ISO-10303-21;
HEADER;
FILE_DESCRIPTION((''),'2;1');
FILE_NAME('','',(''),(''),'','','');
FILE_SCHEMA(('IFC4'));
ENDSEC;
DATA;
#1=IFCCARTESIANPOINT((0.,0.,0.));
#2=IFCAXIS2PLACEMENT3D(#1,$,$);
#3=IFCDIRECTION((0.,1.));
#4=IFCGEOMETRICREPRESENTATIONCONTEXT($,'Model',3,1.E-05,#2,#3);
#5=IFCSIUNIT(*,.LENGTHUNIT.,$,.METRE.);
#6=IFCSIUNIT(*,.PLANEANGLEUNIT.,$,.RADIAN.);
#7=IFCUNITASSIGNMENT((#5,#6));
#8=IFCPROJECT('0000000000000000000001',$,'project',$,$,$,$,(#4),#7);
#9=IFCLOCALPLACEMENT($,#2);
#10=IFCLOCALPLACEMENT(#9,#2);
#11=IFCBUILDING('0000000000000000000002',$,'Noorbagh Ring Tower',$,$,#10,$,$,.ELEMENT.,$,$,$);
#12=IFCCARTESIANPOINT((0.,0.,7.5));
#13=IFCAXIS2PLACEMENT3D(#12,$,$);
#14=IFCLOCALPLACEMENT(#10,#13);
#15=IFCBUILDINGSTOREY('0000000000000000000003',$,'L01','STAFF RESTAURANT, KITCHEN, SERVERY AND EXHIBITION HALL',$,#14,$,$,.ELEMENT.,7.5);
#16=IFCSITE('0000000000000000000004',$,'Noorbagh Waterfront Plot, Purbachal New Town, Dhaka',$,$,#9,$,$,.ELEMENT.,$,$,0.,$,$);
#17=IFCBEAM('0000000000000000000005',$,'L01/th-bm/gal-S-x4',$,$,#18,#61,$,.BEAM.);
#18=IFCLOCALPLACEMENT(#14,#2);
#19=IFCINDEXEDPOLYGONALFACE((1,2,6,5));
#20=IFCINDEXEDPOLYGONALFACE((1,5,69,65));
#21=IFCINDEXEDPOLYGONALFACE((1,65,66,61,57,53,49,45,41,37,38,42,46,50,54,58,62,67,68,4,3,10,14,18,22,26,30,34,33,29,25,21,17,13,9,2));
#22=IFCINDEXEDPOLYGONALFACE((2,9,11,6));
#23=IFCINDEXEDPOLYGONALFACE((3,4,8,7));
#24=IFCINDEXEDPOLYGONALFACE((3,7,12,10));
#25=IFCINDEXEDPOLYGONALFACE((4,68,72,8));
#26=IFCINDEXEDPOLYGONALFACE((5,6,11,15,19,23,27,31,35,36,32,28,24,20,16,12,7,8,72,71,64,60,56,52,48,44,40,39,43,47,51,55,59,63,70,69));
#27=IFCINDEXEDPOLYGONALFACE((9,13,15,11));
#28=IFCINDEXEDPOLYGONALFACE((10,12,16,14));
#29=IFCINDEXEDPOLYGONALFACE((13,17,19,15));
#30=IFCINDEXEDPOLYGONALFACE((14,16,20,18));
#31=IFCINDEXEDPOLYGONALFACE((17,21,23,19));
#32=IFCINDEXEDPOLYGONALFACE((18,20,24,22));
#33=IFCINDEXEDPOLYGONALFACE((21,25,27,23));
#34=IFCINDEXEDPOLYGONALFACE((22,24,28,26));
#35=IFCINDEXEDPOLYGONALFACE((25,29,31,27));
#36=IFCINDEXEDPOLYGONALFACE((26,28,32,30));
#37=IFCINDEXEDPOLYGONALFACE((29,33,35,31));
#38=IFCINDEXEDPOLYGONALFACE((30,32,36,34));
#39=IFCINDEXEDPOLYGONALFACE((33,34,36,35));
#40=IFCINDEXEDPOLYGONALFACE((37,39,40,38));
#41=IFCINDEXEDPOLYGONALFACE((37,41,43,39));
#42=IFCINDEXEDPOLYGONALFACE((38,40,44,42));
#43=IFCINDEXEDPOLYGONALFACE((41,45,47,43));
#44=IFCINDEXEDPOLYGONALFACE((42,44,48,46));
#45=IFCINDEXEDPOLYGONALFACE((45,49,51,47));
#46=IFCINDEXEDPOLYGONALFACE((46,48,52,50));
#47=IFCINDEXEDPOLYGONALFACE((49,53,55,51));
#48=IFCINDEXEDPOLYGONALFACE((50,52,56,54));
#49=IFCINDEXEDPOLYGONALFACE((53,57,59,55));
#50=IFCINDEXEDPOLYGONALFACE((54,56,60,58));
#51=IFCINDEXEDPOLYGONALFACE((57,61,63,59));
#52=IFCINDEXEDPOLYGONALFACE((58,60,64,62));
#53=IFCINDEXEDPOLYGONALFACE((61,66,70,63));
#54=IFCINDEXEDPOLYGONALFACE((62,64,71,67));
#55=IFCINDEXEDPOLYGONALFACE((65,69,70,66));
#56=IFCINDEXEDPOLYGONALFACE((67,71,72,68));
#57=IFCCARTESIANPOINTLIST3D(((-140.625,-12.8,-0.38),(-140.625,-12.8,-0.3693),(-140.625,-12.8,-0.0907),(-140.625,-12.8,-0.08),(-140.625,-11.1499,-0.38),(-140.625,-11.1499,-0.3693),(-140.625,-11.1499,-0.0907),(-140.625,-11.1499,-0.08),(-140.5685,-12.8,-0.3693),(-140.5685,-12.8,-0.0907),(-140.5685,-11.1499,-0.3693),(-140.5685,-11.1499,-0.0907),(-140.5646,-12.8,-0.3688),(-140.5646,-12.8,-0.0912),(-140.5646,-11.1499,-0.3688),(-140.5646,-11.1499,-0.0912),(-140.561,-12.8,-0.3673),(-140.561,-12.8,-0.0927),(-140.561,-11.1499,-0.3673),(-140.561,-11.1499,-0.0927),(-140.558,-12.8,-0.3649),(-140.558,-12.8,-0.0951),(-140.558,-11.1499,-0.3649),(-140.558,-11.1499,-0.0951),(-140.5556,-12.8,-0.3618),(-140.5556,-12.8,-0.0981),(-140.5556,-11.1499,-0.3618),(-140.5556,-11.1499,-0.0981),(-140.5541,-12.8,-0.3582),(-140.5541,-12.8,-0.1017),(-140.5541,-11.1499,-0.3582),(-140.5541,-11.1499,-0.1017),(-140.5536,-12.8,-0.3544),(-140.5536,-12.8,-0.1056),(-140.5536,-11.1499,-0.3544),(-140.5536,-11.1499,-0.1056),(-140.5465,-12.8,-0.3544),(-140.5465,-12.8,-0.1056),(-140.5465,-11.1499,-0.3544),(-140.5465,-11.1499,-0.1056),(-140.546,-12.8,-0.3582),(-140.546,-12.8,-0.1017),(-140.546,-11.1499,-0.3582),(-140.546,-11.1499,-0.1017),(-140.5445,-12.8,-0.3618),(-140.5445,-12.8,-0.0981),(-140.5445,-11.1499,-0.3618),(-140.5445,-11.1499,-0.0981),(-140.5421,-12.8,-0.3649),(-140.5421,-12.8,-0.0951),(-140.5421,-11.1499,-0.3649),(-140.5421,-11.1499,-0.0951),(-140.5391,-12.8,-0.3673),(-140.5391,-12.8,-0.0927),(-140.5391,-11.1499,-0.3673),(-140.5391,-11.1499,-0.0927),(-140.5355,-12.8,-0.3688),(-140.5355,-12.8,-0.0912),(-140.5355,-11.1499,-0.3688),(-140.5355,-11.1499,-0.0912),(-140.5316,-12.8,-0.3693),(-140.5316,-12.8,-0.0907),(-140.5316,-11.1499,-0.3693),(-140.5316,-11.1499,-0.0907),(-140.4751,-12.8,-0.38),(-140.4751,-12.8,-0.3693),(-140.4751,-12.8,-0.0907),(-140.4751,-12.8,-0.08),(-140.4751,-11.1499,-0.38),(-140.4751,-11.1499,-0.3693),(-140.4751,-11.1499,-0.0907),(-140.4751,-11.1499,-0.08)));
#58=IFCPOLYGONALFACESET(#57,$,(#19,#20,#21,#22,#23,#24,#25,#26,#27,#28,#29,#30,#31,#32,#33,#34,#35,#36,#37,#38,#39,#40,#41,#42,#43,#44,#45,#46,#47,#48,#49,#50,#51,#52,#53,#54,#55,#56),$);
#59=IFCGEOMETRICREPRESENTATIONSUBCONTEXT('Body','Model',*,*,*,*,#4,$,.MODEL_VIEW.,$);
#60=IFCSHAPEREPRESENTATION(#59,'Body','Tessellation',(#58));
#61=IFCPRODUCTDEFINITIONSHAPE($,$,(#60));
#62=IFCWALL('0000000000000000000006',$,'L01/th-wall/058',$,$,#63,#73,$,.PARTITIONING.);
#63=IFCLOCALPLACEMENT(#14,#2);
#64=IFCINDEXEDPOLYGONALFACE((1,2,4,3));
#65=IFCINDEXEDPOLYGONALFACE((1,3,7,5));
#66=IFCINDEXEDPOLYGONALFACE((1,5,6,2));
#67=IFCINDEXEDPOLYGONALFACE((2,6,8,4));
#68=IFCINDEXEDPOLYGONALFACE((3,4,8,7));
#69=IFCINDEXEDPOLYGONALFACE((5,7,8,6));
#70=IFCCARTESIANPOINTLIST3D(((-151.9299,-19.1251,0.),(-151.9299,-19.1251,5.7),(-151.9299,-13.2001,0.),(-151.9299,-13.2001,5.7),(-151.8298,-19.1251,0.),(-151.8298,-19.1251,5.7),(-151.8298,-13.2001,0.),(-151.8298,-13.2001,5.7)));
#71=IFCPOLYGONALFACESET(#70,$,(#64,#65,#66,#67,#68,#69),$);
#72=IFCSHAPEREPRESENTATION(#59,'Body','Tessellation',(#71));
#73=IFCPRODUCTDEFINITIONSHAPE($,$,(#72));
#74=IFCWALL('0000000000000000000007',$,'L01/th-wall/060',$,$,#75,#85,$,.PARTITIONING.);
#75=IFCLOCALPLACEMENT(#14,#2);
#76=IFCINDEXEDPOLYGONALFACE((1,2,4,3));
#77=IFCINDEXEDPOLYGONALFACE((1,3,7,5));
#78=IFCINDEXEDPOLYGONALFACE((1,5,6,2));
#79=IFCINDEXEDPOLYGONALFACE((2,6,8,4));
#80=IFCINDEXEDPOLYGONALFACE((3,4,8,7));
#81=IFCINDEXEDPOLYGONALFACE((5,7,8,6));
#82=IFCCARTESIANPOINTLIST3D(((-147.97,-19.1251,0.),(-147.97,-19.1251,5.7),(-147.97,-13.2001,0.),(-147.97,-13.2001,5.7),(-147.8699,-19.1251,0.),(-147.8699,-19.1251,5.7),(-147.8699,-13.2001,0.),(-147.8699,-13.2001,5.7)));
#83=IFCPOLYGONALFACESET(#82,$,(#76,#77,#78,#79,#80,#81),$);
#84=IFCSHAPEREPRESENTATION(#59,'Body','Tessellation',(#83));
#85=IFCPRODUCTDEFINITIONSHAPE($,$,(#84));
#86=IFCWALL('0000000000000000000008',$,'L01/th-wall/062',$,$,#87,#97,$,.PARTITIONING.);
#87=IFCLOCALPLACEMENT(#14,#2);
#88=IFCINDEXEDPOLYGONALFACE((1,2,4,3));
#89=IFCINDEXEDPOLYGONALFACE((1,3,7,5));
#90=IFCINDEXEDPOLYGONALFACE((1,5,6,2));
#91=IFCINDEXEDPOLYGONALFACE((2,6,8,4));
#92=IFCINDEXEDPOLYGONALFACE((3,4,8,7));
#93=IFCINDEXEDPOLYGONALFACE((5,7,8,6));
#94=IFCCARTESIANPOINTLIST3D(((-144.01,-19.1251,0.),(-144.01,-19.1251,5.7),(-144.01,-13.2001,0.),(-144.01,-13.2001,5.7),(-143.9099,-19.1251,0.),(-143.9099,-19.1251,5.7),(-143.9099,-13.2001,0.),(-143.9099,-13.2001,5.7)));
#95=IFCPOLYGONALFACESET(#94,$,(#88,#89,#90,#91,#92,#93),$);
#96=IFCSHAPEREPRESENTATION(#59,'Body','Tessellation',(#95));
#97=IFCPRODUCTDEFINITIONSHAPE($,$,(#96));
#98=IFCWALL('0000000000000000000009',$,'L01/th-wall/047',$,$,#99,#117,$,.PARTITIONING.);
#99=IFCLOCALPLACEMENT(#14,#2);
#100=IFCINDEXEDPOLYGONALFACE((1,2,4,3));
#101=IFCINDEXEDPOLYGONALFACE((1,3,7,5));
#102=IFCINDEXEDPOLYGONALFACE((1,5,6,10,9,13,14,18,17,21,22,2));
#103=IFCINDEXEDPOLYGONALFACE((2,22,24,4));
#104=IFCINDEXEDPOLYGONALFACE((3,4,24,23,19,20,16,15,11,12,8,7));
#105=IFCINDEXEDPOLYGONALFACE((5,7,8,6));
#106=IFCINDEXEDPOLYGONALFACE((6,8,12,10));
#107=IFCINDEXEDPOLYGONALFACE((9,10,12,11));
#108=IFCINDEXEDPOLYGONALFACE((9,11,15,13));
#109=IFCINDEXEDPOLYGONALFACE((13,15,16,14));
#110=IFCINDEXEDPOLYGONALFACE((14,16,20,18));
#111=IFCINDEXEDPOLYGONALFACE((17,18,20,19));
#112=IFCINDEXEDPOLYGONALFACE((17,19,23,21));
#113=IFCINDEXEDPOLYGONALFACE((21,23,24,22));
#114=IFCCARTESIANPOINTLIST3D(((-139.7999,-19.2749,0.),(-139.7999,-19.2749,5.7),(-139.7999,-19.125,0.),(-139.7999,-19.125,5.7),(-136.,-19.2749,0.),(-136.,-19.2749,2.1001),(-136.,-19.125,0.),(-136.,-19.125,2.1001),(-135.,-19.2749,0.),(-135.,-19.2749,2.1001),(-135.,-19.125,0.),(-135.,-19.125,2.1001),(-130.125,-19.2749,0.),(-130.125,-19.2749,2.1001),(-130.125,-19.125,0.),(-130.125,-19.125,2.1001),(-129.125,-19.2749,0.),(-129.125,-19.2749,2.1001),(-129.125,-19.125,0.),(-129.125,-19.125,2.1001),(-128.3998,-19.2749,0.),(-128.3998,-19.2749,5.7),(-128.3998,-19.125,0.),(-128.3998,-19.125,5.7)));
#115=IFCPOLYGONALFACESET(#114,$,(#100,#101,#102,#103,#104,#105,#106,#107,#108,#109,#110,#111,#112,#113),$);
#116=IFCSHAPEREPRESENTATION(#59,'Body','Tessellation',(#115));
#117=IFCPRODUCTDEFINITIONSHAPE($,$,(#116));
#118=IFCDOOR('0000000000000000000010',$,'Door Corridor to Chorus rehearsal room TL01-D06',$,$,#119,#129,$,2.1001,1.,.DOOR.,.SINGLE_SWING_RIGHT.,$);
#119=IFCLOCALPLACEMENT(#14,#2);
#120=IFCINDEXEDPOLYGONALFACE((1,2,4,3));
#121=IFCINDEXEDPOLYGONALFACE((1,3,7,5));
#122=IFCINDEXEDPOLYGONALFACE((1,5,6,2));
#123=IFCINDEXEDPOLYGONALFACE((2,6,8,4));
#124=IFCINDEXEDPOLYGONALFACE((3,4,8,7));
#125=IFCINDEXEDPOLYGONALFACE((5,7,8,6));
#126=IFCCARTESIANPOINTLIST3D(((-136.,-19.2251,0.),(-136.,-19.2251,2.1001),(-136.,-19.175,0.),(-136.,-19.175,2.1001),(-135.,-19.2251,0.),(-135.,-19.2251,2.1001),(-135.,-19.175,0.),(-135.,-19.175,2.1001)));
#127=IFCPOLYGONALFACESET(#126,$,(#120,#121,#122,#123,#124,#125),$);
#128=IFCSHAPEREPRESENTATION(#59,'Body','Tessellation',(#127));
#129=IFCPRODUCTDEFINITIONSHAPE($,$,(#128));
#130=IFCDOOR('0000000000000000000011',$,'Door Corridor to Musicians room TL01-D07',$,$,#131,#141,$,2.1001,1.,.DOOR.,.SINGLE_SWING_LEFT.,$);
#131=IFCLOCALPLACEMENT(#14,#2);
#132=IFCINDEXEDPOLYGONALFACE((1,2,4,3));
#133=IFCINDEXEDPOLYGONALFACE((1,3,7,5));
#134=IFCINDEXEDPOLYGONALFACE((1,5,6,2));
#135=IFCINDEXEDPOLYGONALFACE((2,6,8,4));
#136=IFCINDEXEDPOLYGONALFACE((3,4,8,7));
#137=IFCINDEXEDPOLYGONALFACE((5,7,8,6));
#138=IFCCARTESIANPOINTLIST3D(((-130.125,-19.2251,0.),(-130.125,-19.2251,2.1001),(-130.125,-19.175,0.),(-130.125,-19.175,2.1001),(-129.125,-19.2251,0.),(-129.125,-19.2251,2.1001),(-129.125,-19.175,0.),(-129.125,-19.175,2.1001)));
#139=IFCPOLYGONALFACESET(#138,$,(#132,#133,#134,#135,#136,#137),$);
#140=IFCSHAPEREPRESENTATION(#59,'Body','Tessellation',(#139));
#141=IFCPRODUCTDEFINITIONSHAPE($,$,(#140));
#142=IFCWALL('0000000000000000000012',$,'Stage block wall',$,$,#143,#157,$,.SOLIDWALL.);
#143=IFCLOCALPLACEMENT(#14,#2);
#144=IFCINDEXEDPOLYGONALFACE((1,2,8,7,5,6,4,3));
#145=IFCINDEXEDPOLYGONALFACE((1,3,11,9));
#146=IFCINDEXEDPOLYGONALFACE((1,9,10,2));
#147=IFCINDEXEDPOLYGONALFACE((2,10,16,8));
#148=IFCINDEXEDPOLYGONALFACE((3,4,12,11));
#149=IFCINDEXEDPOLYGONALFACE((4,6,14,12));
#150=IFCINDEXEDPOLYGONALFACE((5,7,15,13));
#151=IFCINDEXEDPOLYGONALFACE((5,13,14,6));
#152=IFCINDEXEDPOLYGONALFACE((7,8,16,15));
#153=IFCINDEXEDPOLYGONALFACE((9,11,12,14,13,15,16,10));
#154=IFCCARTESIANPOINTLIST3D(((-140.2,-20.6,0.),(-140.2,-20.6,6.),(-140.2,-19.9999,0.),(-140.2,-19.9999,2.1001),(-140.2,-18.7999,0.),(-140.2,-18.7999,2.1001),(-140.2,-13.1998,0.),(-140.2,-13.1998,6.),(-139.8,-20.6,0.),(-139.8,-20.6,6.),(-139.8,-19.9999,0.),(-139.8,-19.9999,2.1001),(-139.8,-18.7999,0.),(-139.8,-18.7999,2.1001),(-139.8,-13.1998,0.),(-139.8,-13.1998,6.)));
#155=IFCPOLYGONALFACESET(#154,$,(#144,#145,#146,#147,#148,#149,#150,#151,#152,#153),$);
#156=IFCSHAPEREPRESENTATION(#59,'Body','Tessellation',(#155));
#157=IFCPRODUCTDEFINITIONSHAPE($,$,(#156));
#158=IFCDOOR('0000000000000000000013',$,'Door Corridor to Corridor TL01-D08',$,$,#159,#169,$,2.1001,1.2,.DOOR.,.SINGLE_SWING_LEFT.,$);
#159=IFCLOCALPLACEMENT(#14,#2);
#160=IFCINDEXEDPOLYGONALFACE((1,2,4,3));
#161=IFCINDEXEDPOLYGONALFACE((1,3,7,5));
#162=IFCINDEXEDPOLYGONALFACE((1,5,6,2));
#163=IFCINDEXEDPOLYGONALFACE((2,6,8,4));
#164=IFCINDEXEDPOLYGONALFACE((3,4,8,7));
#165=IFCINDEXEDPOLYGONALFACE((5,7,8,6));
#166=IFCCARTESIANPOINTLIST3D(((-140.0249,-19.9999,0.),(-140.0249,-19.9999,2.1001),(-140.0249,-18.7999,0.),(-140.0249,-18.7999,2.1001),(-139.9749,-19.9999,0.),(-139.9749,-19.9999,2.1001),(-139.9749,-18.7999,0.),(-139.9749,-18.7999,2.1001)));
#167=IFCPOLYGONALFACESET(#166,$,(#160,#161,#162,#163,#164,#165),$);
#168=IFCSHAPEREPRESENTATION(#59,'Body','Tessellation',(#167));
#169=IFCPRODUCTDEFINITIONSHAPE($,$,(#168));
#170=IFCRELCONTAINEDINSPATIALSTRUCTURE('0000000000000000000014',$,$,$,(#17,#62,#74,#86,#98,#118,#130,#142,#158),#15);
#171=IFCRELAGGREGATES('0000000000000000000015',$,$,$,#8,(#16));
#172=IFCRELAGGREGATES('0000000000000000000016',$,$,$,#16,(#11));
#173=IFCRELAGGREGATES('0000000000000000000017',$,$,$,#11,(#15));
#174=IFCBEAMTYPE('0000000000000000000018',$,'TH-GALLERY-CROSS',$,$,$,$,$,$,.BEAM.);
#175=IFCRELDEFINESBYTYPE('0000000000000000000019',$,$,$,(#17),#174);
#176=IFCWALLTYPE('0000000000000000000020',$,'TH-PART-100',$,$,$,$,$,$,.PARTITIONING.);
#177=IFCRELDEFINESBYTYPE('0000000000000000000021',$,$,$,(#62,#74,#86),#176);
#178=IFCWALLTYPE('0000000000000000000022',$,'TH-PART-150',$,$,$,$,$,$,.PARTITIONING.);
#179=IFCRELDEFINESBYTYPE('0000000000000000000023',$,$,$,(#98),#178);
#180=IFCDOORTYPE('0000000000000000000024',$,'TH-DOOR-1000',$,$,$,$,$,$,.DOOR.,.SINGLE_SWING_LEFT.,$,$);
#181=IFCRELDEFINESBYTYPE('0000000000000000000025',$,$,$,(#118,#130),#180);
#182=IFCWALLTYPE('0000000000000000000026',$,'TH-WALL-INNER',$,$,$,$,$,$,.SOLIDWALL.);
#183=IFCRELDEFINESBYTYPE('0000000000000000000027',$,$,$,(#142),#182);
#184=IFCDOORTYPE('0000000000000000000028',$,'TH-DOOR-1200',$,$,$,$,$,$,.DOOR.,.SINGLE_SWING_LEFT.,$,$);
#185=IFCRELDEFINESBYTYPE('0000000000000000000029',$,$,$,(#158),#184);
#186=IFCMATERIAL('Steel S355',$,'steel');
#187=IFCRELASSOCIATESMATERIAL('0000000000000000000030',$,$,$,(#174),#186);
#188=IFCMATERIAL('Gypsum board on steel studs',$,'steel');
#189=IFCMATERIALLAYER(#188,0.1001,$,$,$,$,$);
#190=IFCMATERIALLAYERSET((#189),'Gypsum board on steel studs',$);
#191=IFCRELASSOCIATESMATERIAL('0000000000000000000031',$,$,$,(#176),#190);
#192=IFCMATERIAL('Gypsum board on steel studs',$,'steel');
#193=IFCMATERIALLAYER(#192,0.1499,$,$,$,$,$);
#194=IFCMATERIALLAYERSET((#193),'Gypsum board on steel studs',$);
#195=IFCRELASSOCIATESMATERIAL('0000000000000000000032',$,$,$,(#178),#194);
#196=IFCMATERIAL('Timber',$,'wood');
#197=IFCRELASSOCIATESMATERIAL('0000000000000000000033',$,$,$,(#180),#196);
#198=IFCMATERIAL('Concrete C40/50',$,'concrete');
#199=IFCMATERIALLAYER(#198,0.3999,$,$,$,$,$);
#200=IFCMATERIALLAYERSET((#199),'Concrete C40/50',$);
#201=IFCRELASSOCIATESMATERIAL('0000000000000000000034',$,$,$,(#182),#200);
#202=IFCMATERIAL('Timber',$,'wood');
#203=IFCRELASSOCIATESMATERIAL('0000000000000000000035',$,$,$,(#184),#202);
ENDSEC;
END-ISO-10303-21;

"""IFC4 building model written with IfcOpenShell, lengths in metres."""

from ifc_helpers import new_model, si_unit, direction, frame, frame_2d, origin, origin_2d, place, context, subcontext, project, spatial, rectangle, i_section, extrude, material, layer, layer_set, material_profile, profile_set, type_object, element, fill, save


model = new_model("IFC4")

# Units and contexts
model_context = context("Model", 3, precision=1e-05, world=origin(), true_north=direction((0.0, 1.0)))
body_context = subcontext(model_context, "Body", "Model", "MODEL_VIEW")
ifc_project = project(units=[si_unit("LENGTHUNIT", "METRE"), si_unit("PLANEANGLEUNIT", "RADIAN")], contexts=[model_context])

# Site, building, storey
site_placement = place(None, origin())
site = spatial("IfcSite", under=ifc_project, at=site_placement, Name="Noorbagh Waterfront Plot, Purbachal New Town, Dhaka", CompositionType="ELEMENT", RefElevation=0.0)
building_placement = place(site_placement, origin())
building = spatial("IfcBuilding", under=site, at=building_placement, Name="Noorbagh Ring Tower", CompositionType="ELEMENT")
storey_placement = place(building_placement, frame((0.0, 0.0, 7.5)))
storey = spatial("IfcBuildingStorey", under=building, at=storey_placement, Name="L01", Description="STAFF RESTAURANT, KITCHEN, SERVERY AND EXHIBITION HALL", CompositionType="ELEMENT", Elevation=7.5)

# Beam
ifc_material_1 = material(Name="Steel S355", Category="steel")
ifc_material_profile_1 = material_profile(ifc_material_1, i_section(OverallWidth=0.1499, OverallDepth=0.3, WebThickness=0.0071, FlangeThickness=0.0107, FilletRadius=0.0149, at=origin_2d()), Name="IPE300")
ifc_profile_set_1 = profile_set([ifc_material_profile_1], Name="Steel S355")
beam_type_1 = type_object("IfcBeamType", Name="TH-GALLERY-CROSS", PredefinedType="BEAM", material=ifc_profile_set_1)
for number, where, z_axis, x_axis, name in (
    (1, (-140.55, -12.8, -0.23), (0.0, 1.0, 0.0), (-1.0, 0.0, 0.0), "L01/th-bm/gal-S-x4"),
):
    element("IfcBeam", number, at=place(storey_placement, frame(where, z_axis=z_axis, x_axis=x_axis)), inside=storey, type_object=beam_type_1, Name=name, PredefinedType="BEAM", context=body_context, shape_type="SweptSolid", body=[
        extrude(i_section(OverallWidth=0.1499, OverallDepth=0.3, WebThickness=0.0071, FlangeThickness=0.0107, FilletRadius=0.0149, at=origin_2d()), origin(), (0.0, 0.0, 1.0), 1.6501),
    ])

# Walls
ifc_material_2 = material(Name="Gypsum board on steel studs", Category="steel")
ifc_layer_1 = layer(ifc_material_2, 0.1001)
ifc_layer_set_1 = layer_set([ifc_layer_1], Name="Gypsum board on steel studs")
wall_type_1 = type_object("IfcWallType", Name="TH-PART-100", PredefinedType="PARTITIONING", material=ifc_layer_set_1)
for number, where, z_axis, x_axis, name in (
    (2, (-151.8799, -19.125, 0.0), (0.0, 0.0, 1.0), (0.0, 1.0, 0.0), "L01/th-wall/058"),
    (3, (-147.9199, -19.125, 0.0), (0.0, 0.0, 1.0), (0.0, 1.0, 0.0), "L01/th-wall/060"),
    (4, (-143.96, -19.125, 0.0), (0.0, 0.0, 1.0), (0.0, 1.0, 0.0), "L01/th-wall/062"),
):
    element("IfcWall", number, at=place(storey_placement, frame(where, z_axis=z_axis, x_axis=x_axis)), inside=storey, type_object=wall_type_1, Name=name, PredefinedType="PARTITIONING", context=body_context, shape_type="SweptSolid", body=[
        extrude(rectangle(XDim=5.925, YDim=0.1001, at=frame_2d((2.9624, 0.0))), origin(), (0.0, 0.0, 1.0), 5.7),
    ])

# Wall, openings, doors
ifc_material_3 = material(Name="Gypsum board on steel studs", Category="steel")
ifc_layer_2 = layer(ifc_material_3, 0.1499)
ifc_layer_set_2 = layer_set([ifc_layer_2], Name="Gypsum board on steel studs")
wall_type_2 = type_object("IfcWallType", Name="TH-PART-150", PredefinedType="PARTITIONING", material=ifc_layer_set_2)
wall_1_placement = place(storey_placement, frame((-139.8, -19.2, 0.0), z_axis=(0.0, 0.0, 1.0), x_axis=(1.0, 0.0, 0.0)))
wall_1 = element("IfcWall", 5, at=wall_1_placement, inside=storey, type_object=wall_type_2, Name="L01/th-wall/047", PredefinedType="PARTITIONING", context=body_context, shape_type="SweptSolid", body=[
    extrude(rectangle(XDim=11.4001, YDim=0.1499, at=frame_2d((5.7002, 0.0))), origin(), (0.0, 0.0, 1.0), 5.7),
])
opening_1_placement = place(wall_1_placement, frame((3.8, 0.0, 0.0)))
opening_1 = element("IfcOpeningElement", 6, at=opening_1_placement, cuts=wall_1, PredefinedType="OPENING", context=body_context, shape_type="SweptSolid", body=[
    extrude(rectangle(XDim=1.0, YDim=2.1001, at=frame_2d((0.5, 1.05))), frame((0.0, 0.085, 0.0), z_axis=(0.0, -1.0, 0.0), x_axis=(1.0, 0.0, 0.0)), (0.0, 0.0, 1.0), 0.1699),
])
opening_2_placement = place(wall_1_placement, frame((9.675, 0.0, 0.0)))
opening_2 = element("IfcOpeningElement", 7, at=opening_2_placement, cuts=wall_1, PredefinedType="OPENING", context=body_context, shape_type="SweptSolid", body=[
    extrude(rectangle(XDim=1.0, YDim=2.1001, at=frame_2d((0.5, 1.05))), frame((0.0, 0.085, 0.0), z_axis=(0.0, -1.0, 0.0), x_axis=(1.0, 0.0, 0.0)), (0.0, 0.0, 1.0), 0.1699),
])
ifc_material_4 = material(Name="Timber", Category="wood")
door_type_1 = type_object("IfcDoorType", Name="TH-DOOR-1000", OperationType="SINGLE_SWING_LEFT", PredefinedType="DOOR", material=ifc_material_4)
door_1_placement = place(opening_1_placement, origin())
door_1 = element("IfcDoor", 8, at=door_1_placement, inside=storey, type_object=door_type_1, Name="Door Corridor to Chorus rehearsal room TL01-D06", OperationType="SINGLE_SWING_RIGHT", OverallHeight=2.1001, OverallWidth=1.0, PredefinedType="DOOR", context=body_context, shape_type="SweptSolid", body=[
    extrude(rectangle(XDim=1.0, YDim=2.1001, at=frame_2d((0.5, 1.05))), frame((0.0, 0.0249, 0.0), z_axis=(0.0, -1.0, 0.0), x_axis=(1.0, 0.0, 0.0)), (0.0, 0.0, 1.0), 0.05),
])
fill(opening_1, door_1)
door_2_placement = place(opening_2_placement, origin())
door_2 = element("IfcDoor", 9, at=door_2_placement, inside=storey, type_object=door_type_1, Name="Door Corridor to Musicians room TL01-D07", OperationType="SINGLE_SWING_LEFT", OverallHeight=2.1001, OverallWidth=1.0, PredefinedType="DOOR", context=body_context, shape_type="SweptSolid", body=[
    extrude(rectangle(XDim=1.0, YDim=2.1001, at=frame_2d((0.5, 1.05))), frame((0.0, 0.0249, 0.0), z_axis=(0.0, -1.0, 0.0), x_axis=(1.0, 0.0, 0.0)), (0.0, 0.0, 1.0), 0.05),
])
fill(opening_2, door_2)

# Wall, opening, door
ifc_material_5 = material(Name="Concrete C40/50", Category="concrete")
ifc_layer_3 = layer(ifc_material_5, 0.3999)
ifc_layer_set_3 = layer_set([ifc_layer_3], Name="Concrete C40/50")
wall_type_3 = type_object("IfcWallType", Name="TH-WALL-INNER", PredefinedType="SOLIDWALL", material=ifc_layer_set_3)
wall_2_placement = place(storey_placement, frame((-140.0, -20.6001, 0.0), z_axis=(0.0, 0.0, 1.0), x_axis=(0.0, 1.0, 0.0)))
wall_2 = element("IfcWall", 10, at=wall_2_placement, inside=storey, type_object=wall_type_3, Name="Stage block wall", PredefinedType="SOLIDWALL", context=body_context, shape_type="SweptSolid", body=[
    extrude(rectangle(XDim=7.4001, YDim=0.3999, at=frame_2d((3.7002, 0.0))), origin(), (0.0, 0.0, 1.0), 6.0),
])
opening_3_placement = place(wall_2_placement, frame((0.6001, 0.0, 0.0)))
opening_3 = element("IfcOpeningElement", 11, at=opening_3_placement, cuts=wall_2, PredefinedType="OPENING", context=body_context, shape_type="SweptSolid", body=[
    extrude(rectangle(XDim=1.2, YDim=2.1001, at=frame_2d((0.6001, 1.05))), frame((0.0, 0.21, 0.0), z_axis=(0.0, -1.0, 0.0), x_axis=(1.0, 0.0, 0.0)), (0.0, 0.0, 1.0), 0.4199),
])
ifc_material_6 = material(Name="Timber", Category="wood")
door_type_2 = type_object("IfcDoorType", Name="TH-DOOR-1200", OperationType="SINGLE_SWING_LEFT", PredefinedType="DOOR", material=ifc_material_6)
door_3_placement = place(opening_3_placement, origin())
door_3 = element("IfcDoor", 12, at=door_3_placement, inside=storey, type_object=door_type_2, Name="Door Corridor to Corridor TL01-D08", OperationType="SINGLE_SWING_LEFT", OverallHeight=2.1001, OverallWidth=1.2, PredefinedType="DOOR", context=body_context, shape_type="SweptSolid", body=[
    extrude(rectangle(XDim=1.2, YDim=2.1001, at=frame_2d((0.6001, 1.05))), frame((0.0, 0.0249, 0.0), z_axis=(0.0, -1.0, 0.0), x_axis=(1.0, 0.0, 0.0)), (0.0, 0.0, 1.0), 0.05),
])
fill(opening_3, door_3)

save(model, "model.ifc")
